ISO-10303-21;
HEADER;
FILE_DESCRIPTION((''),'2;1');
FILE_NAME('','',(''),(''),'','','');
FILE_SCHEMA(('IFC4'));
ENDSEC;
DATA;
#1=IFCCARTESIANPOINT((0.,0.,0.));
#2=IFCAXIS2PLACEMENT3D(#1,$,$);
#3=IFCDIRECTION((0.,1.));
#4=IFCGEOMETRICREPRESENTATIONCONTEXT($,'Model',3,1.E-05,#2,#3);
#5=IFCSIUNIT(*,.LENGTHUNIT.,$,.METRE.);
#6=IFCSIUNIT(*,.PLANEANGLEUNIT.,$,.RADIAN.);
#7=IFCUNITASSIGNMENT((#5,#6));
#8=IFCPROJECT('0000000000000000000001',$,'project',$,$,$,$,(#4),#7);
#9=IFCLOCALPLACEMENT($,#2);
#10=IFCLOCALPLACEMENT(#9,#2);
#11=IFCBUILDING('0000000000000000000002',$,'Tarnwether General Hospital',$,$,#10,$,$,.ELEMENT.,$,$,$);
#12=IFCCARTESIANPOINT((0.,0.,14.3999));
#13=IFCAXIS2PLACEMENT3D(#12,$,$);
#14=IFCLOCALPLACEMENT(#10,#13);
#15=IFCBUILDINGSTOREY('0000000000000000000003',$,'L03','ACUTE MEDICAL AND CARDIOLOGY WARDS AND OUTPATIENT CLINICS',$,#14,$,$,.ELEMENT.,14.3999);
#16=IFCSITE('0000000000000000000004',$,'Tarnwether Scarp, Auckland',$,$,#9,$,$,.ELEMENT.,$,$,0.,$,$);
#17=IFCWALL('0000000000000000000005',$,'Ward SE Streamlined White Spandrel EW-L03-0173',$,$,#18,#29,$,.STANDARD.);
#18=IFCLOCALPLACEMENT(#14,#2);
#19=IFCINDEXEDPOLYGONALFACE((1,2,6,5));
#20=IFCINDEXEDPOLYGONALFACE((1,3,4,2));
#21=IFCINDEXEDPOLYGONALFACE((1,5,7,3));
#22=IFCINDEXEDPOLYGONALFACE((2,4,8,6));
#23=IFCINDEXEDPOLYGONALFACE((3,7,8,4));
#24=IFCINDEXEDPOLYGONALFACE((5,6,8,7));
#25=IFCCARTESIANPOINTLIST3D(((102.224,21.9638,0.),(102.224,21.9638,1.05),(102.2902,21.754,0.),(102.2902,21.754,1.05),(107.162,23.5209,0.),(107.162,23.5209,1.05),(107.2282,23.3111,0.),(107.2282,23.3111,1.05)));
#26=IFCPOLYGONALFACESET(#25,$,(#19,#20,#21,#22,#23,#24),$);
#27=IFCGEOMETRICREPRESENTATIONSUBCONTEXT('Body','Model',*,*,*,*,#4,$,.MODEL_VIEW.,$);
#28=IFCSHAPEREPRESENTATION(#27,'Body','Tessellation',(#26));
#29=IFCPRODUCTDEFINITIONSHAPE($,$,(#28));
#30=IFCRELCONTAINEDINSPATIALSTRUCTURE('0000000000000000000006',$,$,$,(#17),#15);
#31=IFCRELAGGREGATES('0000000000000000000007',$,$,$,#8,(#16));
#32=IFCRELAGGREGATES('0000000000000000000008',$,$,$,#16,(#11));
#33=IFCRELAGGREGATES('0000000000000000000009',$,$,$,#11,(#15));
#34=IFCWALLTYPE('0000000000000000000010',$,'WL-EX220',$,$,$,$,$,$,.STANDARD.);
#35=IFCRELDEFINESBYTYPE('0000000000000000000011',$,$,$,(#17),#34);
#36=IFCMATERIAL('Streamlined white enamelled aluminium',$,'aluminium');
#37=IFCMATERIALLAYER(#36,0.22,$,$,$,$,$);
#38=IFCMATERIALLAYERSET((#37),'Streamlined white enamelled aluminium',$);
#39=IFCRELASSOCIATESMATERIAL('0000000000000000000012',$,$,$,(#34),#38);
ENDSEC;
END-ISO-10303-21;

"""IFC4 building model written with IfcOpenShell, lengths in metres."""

from ifc_helpers import new_model, si_unit, direction, frame, frame_2d, origin, place, context, subcontext, project, spatial, rectangle, extrude, material, layer, layer_set, type_object, element, save


model = new_model("IFC4")

# Units and contexts
model_context = context("Model", 3, precision=1e-05, world=origin(), true_north=direction((0.0, 1.0)))
body_context = subcontext(model_context, "Body", "Model", "MODEL_VIEW")
ifc_project = project(units=[si_unit("LENGTHUNIT", "METRE"), si_unit("PLANEANGLEUNIT", "RADIAN")], contexts=[model_context])

# Site, building, storey
site_placement = place(None, origin())
site = spatial("IfcSite", under=ifc_project, at=site_placement, Name="Tarnwether Scarp, Auckland", CompositionType="ELEMENT", RefElevation=0.0)
building_placement = place(site_placement, origin())
building = spatial("IfcBuilding", under=site, at=building_placement, Name="Tarnwether General Hospital", CompositionType="ELEMENT")
storey_placement = place(building_placement, frame((0.0, 0.0, 14.3999)))
storey = spatial("IfcBuildingStorey", under=building, at=storey_placement, Name="L03", Description="ACUTE MEDICAL AND CARDIOLOGY WARDS AND OUTPATIENT CLINICS", CompositionType="ELEMENT", Elevation=14.3999)

# Wall
ifc_material_1 = material(Name="Streamlined white enamelled aluminium", Category="aluminium")
ifc_layer_1 = layer(ifc_material_1, 0.22)
ifc_layer_set_1 = layer_set([ifc_layer_1], Name="Streamlined white enamelled aluminium")
wall_type = type_object("IfcWallType", Name="WL-EX220", PredefinedType="STANDARD", material=ifc_layer_set_1)
wall_placement = place(storey_placement, frame((102.2571, 21.8589, 0.0), z_axis=(0.0, 0.0, 1.0), x_axis=(0.953707, 0.300739, 0.0)))
element("IfcWall", 1, at=wall_placement, inside=storey, type_object=wall_type, Name="Ward SE Streamlined White Spandrel EW-L03-0173", PredefinedType="STANDARD", context=body_context, shape_type="SweptSolid", body=[
    extrude(rectangle(XDim=5.1777, YDim=0.22, at=frame_2d((2.5889, 0.0))), origin(), (0.0, 0.0, 1.0), 1.05),
])

save(model, "model.ifc")
